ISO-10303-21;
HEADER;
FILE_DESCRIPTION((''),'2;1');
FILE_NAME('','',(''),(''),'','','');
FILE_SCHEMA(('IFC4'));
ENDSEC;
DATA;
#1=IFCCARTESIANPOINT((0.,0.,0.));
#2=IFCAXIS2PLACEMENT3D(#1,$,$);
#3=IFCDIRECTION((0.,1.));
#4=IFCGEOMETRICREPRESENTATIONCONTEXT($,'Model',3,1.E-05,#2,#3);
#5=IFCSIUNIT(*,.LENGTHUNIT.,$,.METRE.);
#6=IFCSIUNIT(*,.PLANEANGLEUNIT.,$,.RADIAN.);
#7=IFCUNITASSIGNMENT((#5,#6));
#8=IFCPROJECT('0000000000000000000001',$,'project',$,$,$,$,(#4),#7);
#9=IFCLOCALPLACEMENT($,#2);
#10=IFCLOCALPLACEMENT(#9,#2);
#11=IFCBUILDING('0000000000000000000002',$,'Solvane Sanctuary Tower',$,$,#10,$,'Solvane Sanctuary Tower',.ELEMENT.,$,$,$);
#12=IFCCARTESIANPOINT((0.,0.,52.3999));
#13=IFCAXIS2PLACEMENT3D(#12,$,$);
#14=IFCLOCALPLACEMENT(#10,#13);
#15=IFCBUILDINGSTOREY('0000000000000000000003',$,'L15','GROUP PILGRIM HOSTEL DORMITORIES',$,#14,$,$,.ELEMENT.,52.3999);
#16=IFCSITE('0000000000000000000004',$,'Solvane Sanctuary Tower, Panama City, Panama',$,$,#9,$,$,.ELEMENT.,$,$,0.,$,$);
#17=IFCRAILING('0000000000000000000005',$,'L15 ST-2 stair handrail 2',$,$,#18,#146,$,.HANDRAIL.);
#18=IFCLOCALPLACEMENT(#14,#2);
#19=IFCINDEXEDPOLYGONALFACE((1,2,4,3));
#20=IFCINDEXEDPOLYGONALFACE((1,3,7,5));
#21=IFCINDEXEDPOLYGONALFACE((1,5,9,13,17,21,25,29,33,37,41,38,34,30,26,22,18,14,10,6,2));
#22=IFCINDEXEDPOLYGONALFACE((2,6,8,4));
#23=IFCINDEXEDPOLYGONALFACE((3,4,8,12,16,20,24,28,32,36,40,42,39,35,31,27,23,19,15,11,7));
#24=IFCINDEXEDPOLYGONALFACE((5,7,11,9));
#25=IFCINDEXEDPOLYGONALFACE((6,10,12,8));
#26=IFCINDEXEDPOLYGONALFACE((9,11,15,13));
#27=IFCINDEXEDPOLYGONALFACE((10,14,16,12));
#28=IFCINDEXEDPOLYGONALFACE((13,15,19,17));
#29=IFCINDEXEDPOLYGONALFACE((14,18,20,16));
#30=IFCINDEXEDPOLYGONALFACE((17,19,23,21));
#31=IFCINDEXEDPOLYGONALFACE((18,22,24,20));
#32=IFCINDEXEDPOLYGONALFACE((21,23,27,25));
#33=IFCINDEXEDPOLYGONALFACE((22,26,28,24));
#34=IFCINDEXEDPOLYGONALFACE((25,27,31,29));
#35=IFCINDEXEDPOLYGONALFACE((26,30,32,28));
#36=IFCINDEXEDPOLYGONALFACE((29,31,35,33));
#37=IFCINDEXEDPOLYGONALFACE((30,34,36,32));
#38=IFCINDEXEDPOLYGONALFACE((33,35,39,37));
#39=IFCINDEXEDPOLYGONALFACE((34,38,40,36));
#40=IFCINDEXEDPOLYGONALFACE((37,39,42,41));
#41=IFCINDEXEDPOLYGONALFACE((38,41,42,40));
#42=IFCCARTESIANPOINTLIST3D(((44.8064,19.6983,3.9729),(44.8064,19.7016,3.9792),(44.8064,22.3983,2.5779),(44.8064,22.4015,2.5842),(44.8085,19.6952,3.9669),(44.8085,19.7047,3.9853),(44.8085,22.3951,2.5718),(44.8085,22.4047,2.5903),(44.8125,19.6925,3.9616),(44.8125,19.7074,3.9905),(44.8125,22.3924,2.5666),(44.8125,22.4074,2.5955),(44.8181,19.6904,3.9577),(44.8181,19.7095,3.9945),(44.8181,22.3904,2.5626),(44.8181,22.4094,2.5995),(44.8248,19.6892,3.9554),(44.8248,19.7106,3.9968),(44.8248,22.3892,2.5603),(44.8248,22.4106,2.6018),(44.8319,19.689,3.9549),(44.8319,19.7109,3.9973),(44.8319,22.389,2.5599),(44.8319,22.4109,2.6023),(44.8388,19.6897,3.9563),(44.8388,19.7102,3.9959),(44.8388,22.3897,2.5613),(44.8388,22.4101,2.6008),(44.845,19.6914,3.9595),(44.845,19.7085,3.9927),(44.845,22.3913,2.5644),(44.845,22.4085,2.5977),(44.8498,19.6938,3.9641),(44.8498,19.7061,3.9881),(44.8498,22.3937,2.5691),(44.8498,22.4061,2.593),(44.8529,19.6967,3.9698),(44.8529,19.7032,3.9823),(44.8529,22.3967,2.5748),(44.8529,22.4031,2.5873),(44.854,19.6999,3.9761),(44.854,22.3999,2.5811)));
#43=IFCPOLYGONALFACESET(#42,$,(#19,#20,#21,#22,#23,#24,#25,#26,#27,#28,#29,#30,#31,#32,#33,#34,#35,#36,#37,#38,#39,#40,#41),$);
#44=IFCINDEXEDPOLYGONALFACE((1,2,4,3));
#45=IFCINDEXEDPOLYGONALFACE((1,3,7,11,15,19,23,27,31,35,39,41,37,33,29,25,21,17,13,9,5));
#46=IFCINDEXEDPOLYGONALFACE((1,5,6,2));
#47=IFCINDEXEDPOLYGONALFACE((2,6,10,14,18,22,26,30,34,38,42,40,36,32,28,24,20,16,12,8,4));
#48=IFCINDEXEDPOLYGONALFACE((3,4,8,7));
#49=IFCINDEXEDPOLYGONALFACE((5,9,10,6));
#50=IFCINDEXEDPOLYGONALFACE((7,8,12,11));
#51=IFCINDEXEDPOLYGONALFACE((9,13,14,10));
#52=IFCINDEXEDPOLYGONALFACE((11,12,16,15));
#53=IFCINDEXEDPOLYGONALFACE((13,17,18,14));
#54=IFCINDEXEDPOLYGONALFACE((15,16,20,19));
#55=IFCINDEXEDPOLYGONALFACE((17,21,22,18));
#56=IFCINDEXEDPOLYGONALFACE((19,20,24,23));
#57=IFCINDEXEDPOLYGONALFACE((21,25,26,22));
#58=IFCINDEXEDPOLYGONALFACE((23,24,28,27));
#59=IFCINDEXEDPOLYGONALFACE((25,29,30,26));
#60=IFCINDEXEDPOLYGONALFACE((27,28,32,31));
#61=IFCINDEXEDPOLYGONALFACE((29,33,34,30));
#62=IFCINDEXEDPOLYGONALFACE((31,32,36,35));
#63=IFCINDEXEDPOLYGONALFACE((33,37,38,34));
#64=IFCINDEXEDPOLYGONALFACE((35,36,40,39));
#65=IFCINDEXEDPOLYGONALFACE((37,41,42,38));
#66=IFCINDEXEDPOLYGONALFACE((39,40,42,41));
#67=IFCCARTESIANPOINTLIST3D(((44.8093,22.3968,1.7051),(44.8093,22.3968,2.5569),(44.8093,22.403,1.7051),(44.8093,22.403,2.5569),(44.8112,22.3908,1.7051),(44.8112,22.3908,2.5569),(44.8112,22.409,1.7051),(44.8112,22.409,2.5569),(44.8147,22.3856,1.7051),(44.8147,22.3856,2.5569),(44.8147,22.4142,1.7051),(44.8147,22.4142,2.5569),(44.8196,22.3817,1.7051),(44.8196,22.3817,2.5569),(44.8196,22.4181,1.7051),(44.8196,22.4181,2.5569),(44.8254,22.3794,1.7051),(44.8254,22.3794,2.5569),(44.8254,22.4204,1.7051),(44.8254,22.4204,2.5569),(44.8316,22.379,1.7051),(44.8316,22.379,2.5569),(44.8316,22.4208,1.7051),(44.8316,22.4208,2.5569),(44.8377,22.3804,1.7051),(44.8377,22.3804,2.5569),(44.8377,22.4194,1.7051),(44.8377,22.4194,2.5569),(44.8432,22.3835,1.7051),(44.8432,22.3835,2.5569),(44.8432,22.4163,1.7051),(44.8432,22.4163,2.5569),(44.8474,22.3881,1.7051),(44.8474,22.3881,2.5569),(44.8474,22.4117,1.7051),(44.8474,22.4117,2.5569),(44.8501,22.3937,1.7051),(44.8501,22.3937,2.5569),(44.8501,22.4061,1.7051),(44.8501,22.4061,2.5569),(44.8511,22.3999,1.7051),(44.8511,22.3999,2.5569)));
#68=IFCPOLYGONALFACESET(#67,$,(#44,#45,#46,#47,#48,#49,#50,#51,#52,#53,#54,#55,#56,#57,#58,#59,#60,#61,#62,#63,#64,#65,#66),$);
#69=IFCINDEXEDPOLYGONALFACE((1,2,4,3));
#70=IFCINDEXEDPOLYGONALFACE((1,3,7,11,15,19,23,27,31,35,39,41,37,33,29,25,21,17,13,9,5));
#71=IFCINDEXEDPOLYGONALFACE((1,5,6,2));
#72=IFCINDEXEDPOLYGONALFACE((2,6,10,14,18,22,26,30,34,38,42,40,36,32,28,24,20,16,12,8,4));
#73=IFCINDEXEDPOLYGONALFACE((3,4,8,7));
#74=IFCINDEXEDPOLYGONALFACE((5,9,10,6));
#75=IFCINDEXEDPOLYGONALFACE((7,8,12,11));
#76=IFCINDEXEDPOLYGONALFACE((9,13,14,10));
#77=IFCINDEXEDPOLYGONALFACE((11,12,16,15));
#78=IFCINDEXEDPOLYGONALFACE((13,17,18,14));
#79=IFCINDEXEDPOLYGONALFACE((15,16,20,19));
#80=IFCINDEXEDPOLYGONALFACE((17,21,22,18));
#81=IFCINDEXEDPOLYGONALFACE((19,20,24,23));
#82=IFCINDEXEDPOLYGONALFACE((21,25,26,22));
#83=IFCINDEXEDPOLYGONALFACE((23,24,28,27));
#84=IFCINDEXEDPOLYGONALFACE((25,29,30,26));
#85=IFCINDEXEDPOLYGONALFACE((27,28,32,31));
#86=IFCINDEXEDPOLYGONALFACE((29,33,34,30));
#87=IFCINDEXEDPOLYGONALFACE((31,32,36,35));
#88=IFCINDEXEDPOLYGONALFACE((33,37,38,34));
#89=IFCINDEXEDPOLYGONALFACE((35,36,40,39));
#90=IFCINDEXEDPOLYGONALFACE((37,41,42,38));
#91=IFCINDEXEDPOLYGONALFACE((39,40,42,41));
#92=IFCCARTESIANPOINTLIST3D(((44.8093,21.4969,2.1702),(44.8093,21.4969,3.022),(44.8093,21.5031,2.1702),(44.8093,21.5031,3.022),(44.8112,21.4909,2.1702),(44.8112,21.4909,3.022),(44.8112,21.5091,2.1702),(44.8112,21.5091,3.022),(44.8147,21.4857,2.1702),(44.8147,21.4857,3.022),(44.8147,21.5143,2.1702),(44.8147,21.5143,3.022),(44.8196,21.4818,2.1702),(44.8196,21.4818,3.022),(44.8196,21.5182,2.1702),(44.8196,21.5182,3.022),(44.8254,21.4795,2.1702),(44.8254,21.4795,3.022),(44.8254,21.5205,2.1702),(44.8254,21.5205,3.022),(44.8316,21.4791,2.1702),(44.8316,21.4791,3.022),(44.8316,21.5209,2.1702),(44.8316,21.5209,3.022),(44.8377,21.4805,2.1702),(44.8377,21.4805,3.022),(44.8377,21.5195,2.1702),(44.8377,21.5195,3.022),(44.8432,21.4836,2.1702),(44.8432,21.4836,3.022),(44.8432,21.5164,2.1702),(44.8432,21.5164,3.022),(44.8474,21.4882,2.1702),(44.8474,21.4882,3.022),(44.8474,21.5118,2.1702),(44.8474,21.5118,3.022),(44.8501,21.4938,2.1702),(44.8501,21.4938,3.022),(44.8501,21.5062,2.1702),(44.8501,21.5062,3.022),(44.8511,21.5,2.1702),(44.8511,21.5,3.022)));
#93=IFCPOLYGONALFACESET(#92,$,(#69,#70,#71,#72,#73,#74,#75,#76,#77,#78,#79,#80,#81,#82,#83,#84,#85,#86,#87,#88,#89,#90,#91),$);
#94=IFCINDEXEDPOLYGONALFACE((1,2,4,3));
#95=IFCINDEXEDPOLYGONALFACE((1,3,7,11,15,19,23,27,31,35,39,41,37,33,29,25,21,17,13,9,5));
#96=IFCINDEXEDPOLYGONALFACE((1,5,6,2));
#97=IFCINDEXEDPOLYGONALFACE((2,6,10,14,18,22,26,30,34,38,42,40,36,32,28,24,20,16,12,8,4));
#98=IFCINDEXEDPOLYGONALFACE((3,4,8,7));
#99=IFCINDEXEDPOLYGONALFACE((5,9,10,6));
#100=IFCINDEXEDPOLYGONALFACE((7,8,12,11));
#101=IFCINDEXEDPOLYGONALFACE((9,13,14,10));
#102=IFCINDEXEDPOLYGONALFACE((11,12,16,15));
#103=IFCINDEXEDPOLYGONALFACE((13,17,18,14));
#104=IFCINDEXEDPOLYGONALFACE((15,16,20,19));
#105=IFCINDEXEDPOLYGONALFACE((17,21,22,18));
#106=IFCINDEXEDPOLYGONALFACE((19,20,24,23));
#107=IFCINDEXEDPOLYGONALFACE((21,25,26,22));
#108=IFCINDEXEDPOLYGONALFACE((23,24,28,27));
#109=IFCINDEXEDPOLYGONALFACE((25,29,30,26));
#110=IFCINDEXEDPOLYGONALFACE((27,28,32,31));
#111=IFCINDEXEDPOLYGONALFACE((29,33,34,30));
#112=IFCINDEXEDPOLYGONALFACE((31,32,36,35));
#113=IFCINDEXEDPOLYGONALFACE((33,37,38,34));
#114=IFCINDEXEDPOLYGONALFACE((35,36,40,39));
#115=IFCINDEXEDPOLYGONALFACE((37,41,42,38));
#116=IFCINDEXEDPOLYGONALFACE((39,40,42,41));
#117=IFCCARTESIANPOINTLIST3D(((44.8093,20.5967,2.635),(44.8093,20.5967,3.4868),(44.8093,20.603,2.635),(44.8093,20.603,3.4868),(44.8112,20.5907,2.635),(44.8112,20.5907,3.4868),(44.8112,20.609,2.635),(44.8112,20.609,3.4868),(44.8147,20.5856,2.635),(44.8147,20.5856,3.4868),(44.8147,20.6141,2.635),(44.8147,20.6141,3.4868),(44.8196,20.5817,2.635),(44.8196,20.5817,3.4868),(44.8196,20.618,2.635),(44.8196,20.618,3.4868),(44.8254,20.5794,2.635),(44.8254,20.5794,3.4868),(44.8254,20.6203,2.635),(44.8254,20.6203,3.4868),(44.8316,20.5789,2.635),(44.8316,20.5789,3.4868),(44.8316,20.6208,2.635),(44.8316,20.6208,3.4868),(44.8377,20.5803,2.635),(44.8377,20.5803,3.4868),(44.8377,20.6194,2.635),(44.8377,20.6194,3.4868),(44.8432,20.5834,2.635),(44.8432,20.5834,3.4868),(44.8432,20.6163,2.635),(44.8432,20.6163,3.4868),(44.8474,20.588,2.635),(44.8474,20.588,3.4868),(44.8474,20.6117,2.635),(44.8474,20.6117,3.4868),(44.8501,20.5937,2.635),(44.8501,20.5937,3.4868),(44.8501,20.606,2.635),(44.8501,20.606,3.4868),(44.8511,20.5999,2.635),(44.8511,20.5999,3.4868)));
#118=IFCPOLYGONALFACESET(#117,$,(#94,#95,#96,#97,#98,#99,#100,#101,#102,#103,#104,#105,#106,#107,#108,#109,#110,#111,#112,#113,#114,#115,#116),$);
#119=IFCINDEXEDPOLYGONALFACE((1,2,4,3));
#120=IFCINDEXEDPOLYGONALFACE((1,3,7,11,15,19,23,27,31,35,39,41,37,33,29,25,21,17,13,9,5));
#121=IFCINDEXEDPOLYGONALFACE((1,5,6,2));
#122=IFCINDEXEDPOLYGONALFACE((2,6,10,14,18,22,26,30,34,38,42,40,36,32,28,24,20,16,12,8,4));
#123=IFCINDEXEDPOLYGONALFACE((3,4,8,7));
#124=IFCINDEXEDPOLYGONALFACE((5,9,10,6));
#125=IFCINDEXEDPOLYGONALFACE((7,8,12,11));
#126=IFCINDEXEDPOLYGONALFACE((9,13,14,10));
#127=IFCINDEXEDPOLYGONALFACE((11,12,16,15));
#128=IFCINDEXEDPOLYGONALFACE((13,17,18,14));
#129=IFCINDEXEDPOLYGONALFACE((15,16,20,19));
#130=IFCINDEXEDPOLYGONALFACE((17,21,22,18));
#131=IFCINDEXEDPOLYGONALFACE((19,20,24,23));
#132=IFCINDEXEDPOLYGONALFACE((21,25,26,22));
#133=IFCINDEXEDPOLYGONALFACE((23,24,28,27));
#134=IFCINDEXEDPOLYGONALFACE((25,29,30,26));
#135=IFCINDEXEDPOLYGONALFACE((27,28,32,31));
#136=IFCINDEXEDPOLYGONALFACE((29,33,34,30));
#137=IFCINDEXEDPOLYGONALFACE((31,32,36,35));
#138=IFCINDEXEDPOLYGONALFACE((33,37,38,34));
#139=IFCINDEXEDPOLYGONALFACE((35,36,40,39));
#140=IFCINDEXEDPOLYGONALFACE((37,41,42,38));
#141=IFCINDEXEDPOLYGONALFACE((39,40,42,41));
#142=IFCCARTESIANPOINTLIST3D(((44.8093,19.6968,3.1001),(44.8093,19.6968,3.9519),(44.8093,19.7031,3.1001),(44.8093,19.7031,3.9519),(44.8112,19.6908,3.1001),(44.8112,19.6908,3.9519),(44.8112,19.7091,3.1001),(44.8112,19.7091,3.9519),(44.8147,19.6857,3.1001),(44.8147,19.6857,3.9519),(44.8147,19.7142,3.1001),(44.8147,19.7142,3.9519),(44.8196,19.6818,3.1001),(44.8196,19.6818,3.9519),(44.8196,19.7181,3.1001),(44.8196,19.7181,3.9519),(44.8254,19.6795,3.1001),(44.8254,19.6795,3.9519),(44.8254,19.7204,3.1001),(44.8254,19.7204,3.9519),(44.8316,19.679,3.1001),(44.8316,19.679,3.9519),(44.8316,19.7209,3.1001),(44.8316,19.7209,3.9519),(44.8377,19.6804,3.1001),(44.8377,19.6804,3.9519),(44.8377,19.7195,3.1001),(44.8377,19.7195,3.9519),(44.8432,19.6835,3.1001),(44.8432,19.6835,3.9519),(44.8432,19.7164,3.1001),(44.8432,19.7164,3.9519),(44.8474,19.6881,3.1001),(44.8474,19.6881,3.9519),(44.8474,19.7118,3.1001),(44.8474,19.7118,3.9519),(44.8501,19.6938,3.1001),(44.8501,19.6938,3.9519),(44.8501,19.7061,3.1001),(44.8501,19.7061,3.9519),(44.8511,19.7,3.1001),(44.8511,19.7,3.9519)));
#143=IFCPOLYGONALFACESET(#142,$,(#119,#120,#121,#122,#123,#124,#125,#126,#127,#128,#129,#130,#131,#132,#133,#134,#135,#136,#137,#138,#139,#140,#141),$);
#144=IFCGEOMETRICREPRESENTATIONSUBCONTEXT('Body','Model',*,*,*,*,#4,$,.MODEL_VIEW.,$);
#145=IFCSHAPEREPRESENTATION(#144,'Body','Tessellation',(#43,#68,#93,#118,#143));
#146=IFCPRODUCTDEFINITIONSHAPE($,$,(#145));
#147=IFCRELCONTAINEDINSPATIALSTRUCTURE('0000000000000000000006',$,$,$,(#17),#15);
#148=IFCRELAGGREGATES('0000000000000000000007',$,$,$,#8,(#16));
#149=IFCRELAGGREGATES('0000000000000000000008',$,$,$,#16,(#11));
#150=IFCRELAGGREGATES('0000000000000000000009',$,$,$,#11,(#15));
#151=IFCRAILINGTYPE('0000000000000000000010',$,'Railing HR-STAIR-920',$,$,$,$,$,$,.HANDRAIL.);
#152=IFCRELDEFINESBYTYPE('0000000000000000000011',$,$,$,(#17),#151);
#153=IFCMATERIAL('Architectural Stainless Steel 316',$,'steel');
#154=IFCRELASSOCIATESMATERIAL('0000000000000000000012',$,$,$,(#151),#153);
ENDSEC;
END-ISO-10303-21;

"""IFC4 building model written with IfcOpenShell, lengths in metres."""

from ifc_helpers import new_model, si_unit, direction, frame, origin, origin_2d, place, context, subcontext, project, spatial, circle, extrude, material, type_object, element, save


model = new_model("IFC4")

# Units and contexts
model_context = context("Model", 3, precision=1e-05, world=origin(), true_north=direction((0.0, 1.0)))
body_context = subcontext(model_context, "Body", "Model", "MODEL_VIEW")
ifc_project = project(units=[si_unit("LENGTHUNIT", "METRE"), si_unit("PLANEANGLEUNIT", "RADIAN")], contexts=[model_context])

# Site, building, storey
site_placement = place(None, origin())
site = spatial("IfcSite", under=ifc_project, at=site_placement, Name="Solvane Sanctuary Tower, Panama City, Panama", CompositionType="ELEMENT", RefElevation=0.0)
building_placement = place(site_placement, origin())
building = spatial("IfcBuilding", under=site, at=building_placement, Name="Solvane Sanctuary Tower", LongName="Solvane Sanctuary Tower", CompositionType="ELEMENT")
storey_placement = place(building_placement, frame((0.0, 0.0, 52.3999)))
storey = spatial("IfcBuildingStorey", under=building, at=storey_placement, Name="L15", Description="GROUP PILGRIM HOSTEL DORMITORIES", CompositionType="ELEMENT", Elevation=52.3999)

# Shared definitions
ifc_material_1 = material(Name="Architectural Stainless Steel 316", Category="steel")

# Railing
railing_type_1 = type_object("IfcRailingType", Name="Railing HR-STAIR-920", PredefinedType="HANDRAIL", material=ifc_material_1)
railing_1_placement = place(storey_placement, frame((44.8301, 22.3999, 1.7051)))
element("IfcRailing", 1, at=railing_1_placement, inside=storey, type_object=railing_type_1, Name="L15 ST-2 stair handrail 2", PredefinedType="HANDRAIL", context=body_context, shape_type="SweptSolid", body=[
    extrude(circle(Radius=0.0239, at=origin_2d()), frame((0.0, 0.0, 0.876), z_axis=(0.0, -0.88842, 0.459032), x_axis=(1.0, 0.0, 0.0)), (0.0, 0.0, 1.0), 3.0391),
    extrude(circle(Radius=0.021, at=origin_2d()), origin(), (0.0, 0.0, 1.0), 0.8518),
    extrude(circle(Radius=0.021, at=origin_2d()), frame((0.0, -0.8999, 0.4651)), (0.0, 0.0, 1.0), 0.8518),
    extrude(circle(Radius=0.021, at=origin_2d()), frame((0.0, -1.8, 0.9299)), (0.0, 0.0, 1.0), 0.8518),
    extrude(circle(Radius=0.021, at=origin_2d()), frame((0.0, -2.7, 1.395)), (0.0, 0.0, 1.0), 0.8518),
])

save(model, "model.ifc")
